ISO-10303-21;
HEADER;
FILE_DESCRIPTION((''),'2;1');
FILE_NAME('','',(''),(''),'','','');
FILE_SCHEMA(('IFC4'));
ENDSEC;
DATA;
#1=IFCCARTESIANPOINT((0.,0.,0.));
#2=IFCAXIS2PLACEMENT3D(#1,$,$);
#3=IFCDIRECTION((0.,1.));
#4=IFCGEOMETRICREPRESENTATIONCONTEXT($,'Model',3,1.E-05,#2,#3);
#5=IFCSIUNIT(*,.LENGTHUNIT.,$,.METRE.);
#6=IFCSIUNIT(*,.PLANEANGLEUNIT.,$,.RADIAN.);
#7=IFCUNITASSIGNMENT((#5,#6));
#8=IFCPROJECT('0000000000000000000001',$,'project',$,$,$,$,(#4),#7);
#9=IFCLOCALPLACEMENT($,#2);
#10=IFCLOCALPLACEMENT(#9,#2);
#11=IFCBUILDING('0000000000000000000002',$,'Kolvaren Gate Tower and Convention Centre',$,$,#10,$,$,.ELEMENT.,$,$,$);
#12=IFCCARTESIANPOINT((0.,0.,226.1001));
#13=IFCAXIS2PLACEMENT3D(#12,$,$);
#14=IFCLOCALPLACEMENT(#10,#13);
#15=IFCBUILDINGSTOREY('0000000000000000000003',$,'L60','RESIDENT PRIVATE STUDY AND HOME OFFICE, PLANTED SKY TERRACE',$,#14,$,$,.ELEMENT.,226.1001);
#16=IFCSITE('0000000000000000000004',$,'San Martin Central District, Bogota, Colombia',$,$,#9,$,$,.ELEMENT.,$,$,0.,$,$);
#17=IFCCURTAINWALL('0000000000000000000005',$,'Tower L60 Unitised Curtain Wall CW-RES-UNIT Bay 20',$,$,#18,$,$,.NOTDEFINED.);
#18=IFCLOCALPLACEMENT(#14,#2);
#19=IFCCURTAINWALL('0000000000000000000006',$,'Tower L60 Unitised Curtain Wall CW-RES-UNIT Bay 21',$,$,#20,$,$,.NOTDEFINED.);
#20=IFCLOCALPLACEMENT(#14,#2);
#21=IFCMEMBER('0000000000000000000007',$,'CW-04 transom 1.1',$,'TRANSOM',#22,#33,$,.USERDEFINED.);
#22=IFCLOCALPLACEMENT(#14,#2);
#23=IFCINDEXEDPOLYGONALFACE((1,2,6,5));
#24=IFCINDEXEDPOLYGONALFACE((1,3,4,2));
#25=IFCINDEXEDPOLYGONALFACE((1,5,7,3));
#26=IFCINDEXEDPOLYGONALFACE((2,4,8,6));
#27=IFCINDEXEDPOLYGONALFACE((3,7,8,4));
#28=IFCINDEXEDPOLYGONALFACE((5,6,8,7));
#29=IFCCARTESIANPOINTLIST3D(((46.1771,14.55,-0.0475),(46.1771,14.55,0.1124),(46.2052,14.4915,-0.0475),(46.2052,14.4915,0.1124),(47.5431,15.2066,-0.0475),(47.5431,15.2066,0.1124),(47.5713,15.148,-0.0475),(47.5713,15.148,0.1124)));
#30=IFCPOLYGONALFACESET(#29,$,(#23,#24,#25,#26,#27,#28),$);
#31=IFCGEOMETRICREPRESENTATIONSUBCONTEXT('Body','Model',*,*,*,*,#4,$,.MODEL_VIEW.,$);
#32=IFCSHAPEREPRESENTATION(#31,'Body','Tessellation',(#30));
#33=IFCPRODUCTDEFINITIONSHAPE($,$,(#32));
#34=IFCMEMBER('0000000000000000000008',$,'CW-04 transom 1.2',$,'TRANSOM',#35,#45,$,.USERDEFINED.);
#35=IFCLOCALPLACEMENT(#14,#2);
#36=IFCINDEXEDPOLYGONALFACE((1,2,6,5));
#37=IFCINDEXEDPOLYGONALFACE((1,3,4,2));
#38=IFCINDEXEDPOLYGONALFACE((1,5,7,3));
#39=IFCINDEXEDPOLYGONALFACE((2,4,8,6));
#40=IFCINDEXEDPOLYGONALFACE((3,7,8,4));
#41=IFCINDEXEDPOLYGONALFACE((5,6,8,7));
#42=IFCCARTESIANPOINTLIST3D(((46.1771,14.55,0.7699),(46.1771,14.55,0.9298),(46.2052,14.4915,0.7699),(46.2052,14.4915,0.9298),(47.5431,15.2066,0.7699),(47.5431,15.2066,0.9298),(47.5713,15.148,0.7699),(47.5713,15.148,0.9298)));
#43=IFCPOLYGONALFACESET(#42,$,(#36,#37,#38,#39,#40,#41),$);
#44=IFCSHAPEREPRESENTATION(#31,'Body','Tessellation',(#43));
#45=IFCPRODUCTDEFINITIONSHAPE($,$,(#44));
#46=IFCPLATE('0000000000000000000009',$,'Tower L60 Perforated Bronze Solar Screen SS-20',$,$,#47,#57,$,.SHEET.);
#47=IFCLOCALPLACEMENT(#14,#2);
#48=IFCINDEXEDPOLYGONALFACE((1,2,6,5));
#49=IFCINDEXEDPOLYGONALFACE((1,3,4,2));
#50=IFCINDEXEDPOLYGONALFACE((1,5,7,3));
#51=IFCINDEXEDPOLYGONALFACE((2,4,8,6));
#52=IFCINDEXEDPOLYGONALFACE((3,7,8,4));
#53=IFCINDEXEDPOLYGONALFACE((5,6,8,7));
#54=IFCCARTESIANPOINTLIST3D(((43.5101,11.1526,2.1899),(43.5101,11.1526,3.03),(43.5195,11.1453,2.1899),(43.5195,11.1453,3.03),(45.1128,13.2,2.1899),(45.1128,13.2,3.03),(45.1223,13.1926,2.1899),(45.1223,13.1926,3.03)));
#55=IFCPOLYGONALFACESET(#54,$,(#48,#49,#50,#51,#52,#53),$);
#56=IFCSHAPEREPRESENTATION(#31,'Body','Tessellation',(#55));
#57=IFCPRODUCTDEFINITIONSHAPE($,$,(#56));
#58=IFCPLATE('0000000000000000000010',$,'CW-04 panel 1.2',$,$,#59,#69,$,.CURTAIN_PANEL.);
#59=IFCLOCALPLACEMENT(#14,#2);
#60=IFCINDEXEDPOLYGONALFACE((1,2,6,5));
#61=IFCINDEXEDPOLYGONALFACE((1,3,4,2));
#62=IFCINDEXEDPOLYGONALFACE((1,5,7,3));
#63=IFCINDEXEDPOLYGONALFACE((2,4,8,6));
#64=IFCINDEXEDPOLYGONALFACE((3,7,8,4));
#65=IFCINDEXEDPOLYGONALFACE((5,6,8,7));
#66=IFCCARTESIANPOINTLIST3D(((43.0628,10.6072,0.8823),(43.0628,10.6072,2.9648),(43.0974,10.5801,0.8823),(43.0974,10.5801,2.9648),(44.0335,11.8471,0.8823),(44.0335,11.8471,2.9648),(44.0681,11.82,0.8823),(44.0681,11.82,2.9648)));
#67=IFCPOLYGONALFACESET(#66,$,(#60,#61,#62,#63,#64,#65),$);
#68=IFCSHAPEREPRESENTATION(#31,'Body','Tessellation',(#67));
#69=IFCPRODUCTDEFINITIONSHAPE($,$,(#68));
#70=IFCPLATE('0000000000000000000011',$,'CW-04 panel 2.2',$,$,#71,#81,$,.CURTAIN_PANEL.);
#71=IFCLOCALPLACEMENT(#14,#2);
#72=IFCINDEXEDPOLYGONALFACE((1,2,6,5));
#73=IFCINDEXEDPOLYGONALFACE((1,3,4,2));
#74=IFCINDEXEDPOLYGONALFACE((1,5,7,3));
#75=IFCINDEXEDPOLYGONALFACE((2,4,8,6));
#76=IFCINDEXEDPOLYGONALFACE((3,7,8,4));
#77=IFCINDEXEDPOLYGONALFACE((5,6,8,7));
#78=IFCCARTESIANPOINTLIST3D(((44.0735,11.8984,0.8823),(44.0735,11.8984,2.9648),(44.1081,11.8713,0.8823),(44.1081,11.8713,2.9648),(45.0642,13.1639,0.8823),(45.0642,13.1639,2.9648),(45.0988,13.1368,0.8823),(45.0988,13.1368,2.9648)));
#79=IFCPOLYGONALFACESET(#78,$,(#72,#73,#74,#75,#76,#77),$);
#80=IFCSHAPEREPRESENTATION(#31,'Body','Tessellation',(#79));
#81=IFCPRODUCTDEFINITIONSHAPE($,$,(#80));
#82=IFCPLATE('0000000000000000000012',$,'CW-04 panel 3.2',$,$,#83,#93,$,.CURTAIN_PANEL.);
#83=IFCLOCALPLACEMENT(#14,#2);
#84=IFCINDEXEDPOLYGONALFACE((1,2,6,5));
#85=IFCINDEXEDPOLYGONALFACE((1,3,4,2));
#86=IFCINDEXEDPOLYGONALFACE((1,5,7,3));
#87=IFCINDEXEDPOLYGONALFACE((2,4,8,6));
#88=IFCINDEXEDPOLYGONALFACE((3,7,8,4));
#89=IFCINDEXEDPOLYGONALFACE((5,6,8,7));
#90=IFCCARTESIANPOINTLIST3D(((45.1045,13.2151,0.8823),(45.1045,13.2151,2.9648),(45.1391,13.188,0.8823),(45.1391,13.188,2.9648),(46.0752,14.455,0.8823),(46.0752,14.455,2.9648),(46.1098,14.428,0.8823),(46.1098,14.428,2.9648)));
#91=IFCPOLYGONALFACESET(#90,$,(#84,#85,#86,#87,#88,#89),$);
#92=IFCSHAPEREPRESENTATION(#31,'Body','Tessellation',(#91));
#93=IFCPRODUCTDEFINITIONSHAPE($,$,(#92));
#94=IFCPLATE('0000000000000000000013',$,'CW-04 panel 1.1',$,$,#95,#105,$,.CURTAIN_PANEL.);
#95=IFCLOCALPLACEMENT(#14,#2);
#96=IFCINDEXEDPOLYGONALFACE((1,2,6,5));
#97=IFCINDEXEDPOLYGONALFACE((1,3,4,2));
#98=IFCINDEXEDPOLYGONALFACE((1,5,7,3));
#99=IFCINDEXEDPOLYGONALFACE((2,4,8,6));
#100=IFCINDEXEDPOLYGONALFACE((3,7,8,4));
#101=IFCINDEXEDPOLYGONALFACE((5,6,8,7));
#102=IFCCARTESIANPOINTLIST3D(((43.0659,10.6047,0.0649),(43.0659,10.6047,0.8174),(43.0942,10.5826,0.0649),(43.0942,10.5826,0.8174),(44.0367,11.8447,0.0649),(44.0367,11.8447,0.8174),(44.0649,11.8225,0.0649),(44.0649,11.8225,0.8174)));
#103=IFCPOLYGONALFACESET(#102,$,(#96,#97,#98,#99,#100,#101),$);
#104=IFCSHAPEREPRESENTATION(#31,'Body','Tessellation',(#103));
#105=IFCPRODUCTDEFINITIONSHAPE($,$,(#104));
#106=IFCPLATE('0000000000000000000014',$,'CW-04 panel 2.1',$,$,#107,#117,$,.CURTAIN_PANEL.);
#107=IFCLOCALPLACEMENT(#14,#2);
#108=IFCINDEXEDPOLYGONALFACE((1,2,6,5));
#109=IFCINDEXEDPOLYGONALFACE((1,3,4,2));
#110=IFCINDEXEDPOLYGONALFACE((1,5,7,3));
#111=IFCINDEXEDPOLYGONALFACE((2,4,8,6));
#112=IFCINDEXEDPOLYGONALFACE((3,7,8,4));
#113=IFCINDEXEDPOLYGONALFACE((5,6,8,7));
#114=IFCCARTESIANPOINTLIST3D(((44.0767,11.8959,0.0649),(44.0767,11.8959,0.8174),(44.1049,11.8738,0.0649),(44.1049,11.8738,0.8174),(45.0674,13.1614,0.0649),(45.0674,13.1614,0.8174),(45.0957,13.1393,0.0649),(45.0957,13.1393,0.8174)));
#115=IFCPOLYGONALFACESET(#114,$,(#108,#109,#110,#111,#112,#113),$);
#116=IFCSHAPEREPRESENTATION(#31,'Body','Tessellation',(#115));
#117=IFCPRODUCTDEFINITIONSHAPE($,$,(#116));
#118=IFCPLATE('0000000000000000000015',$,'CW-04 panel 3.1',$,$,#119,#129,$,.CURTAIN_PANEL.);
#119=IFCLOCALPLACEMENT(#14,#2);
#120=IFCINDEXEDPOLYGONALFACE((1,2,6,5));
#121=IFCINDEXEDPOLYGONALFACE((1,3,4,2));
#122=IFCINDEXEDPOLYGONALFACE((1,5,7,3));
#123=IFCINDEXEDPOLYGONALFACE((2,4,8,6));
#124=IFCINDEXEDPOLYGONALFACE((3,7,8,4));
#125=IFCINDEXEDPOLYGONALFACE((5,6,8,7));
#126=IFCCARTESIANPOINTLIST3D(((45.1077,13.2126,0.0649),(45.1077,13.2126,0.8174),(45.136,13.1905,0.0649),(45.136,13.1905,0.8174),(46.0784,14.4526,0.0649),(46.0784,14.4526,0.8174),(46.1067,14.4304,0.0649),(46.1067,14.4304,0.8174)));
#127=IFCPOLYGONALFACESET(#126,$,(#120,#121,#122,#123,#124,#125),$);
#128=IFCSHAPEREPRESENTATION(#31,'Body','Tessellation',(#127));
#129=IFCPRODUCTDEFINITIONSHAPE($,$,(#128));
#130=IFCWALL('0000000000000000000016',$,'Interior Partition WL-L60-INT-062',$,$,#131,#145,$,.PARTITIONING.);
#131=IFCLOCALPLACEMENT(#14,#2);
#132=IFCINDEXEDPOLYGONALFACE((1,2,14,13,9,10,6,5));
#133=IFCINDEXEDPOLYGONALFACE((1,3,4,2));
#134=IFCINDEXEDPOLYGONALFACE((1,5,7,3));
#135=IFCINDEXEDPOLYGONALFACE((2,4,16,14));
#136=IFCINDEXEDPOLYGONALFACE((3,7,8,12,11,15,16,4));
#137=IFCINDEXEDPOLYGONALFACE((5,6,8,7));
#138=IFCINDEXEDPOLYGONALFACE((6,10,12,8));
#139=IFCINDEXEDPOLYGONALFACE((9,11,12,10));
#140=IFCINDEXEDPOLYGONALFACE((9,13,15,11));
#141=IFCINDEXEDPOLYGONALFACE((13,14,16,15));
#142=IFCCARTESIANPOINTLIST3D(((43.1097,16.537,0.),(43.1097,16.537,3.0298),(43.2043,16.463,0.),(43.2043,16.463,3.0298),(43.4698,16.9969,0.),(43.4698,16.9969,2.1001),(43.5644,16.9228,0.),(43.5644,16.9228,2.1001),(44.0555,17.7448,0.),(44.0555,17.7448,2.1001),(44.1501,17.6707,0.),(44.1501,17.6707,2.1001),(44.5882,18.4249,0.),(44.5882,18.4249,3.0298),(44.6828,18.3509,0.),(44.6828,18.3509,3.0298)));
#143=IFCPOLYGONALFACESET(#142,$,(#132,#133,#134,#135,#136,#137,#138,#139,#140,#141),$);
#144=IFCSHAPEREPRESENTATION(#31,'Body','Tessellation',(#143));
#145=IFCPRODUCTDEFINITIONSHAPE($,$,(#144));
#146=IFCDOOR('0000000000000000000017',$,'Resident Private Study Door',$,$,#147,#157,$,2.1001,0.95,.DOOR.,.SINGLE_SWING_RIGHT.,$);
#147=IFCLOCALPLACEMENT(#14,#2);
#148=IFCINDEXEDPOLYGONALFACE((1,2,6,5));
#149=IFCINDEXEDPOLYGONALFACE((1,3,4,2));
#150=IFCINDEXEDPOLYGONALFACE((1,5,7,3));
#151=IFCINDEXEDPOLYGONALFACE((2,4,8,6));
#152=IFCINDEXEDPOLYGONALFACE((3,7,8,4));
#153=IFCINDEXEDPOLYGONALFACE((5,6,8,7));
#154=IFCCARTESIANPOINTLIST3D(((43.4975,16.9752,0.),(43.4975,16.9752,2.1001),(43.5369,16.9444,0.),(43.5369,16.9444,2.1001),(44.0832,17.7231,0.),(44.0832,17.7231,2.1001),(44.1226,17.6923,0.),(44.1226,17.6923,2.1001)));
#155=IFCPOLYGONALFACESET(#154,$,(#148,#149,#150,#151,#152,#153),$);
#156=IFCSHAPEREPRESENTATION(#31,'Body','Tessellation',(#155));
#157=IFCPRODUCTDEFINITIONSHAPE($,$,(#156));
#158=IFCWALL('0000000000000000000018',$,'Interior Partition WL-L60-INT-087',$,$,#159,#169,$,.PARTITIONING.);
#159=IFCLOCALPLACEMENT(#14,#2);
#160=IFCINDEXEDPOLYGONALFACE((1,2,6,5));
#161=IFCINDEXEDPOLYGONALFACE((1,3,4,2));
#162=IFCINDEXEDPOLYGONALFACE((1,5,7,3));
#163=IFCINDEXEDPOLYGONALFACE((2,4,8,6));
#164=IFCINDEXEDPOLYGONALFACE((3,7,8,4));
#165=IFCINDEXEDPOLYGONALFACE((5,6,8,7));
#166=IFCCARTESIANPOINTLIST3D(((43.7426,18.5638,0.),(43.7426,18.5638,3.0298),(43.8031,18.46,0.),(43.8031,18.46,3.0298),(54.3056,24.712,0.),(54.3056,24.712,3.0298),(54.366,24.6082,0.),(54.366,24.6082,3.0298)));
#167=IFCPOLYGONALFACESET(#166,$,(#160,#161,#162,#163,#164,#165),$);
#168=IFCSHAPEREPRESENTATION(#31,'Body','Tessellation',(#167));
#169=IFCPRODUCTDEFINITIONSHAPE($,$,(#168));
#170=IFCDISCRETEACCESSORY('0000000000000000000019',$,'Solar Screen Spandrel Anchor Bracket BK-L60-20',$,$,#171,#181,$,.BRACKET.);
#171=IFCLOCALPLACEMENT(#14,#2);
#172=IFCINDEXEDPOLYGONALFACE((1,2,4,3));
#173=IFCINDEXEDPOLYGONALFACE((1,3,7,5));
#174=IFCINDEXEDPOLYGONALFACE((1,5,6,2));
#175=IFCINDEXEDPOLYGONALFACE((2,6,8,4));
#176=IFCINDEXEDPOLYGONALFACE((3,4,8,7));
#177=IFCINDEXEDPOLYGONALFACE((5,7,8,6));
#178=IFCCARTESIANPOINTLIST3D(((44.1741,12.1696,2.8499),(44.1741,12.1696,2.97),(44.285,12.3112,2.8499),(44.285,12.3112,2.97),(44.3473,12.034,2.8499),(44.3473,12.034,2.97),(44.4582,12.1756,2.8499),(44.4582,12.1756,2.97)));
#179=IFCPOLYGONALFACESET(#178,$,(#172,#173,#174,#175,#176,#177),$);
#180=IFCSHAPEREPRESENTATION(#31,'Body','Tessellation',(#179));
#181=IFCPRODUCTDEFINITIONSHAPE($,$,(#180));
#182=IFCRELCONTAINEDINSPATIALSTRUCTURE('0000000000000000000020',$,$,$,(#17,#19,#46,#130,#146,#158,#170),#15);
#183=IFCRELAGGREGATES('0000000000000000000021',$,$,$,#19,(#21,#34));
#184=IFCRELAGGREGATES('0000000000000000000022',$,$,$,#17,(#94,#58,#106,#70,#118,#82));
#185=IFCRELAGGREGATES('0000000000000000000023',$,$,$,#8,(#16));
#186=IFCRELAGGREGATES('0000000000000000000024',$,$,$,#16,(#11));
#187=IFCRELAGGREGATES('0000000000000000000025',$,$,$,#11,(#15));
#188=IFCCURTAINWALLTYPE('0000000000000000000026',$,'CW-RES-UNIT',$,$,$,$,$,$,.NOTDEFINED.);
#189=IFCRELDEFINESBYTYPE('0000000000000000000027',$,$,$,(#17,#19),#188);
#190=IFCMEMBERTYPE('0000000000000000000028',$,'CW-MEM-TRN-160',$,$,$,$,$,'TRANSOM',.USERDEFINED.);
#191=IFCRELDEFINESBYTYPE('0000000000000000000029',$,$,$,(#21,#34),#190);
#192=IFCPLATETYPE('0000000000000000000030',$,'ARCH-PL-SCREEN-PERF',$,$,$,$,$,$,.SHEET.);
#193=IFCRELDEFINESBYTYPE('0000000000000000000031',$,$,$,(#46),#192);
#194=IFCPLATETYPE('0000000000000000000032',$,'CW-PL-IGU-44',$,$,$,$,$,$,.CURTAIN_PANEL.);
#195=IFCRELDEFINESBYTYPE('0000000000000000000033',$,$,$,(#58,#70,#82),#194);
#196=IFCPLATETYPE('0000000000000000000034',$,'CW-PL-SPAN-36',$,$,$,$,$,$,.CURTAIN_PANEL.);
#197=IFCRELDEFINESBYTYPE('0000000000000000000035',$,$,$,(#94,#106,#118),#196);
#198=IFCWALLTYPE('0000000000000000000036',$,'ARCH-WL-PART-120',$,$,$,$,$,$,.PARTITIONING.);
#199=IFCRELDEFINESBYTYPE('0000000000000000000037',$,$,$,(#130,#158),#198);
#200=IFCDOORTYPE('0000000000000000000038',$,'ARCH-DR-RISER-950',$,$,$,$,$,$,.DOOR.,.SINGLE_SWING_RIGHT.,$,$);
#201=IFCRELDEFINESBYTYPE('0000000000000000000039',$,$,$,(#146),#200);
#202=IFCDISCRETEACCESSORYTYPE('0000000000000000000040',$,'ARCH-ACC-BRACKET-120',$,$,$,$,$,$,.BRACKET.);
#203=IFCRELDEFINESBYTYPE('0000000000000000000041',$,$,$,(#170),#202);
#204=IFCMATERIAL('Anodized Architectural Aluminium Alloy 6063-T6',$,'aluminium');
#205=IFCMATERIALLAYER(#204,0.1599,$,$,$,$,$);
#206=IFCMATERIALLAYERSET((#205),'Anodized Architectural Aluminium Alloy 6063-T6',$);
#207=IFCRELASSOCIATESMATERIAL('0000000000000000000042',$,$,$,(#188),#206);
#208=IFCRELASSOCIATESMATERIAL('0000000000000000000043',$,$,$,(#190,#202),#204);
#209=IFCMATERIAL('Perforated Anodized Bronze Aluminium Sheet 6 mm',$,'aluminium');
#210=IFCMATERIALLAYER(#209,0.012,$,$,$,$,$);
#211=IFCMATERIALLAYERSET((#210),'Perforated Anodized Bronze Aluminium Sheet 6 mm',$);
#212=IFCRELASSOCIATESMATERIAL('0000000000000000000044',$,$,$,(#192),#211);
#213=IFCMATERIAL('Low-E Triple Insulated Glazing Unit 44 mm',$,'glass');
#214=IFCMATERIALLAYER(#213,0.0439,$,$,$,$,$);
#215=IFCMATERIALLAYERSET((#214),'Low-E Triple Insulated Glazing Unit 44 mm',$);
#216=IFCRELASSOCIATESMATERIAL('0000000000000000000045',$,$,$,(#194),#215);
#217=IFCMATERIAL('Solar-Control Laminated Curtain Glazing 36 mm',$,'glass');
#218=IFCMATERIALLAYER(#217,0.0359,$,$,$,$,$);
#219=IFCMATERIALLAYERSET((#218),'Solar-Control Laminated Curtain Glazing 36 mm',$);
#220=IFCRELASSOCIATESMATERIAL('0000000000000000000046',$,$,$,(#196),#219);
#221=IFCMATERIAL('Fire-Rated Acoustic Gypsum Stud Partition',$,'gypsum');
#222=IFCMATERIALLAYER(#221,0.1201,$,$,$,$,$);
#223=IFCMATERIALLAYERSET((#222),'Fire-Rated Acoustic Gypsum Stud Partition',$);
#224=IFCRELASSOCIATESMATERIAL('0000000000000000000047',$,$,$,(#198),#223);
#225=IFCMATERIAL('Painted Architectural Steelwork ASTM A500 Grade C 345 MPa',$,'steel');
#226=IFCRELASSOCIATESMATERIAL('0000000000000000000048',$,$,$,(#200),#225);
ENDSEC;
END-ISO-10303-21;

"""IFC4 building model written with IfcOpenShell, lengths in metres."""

from ifc_helpers import new_model, si_unit, direction, frame, frame_2d, origin, origin_2d, place, context, subcontext, project, spatial, rectangle, extrude, material, layer, layer_set, material_profile, profile_set, type_object, element, fill, aggregate, save


model = new_model("IFC4")

# Units and contexts
model_context = context("Model", 3, precision=1e-05, world=origin(), true_north=direction((0.0, 1.0)))
body_context = subcontext(model_context, "Body", "Model", "MODEL_VIEW")
ifc_project = project(units=[si_unit("LENGTHUNIT", "METRE"), si_unit("PLANEANGLEUNIT", "RADIAN")], contexts=[model_context])

# Site, building, storey
site_placement = place(None, origin())
site = spatial("IfcSite", under=ifc_project, at=site_placement, Name="San Martin Central District, Bogota, Colombia", CompositionType="ELEMENT", RefElevation=0.0)
building_placement = place(site_placement, origin())
building = spatial("IfcBuilding", under=site, at=building_placement, Name="Kolvaren Gate Tower and Convention Centre", CompositionType="ELEMENT")
storey_placement = place(building_placement, frame((0.0, 0.0, 226.1001)))
storey = spatial("IfcBuildingStorey", under=building, at=storey_placement, Name="L60", Description="RESIDENT PRIVATE STUDY AND HOME OFFICE, PLANTED SKY TERRACE", CompositionType="ELEMENT", Elevation=226.1001)

# Curtain wall
ifc_material_1 = material(Name="Anodized Architectural Aluminium Alloy 6063-T6", Category="aluminium")
ifc_layer_1 = layer(ifc_material_1, 0.1599)
ifc_layer_set_1 = layer_set([ifc_layer_1], Name="Anodized Architectural Aluminium Alloy 6063-T6")
curtain_wall_type = type_object("IfcCurtainWallType", Name="CW-RES-UNIT", PredefinedType="NOTDEFINED", material=ifc_layer_set_1)
curtain_wall_1_placement = place(storey_placement, origin())
curtain_wall_1 = element("IfcCurtainWall", 1, at=curtain_wall_1_placement, inside=storey, type_object=curtain_wall_type, Name="Tower L60 Unitised Curtain Wall CW-RES-UNIT Bay 20", PredefinedType="NOTDEFINED")

# Curtain wall
curtain_wall_2_placement = place(storey_placement, origin())
curtain_wall_2 = element("IfcCurtainWall", 2, at=curtain_wall_2_placement, inside=storey, type_object=curtain_wall_type, Name="Tower L60 Unitised Curtain Wall CW-RES-UNIT Bay 21", PredefinedType="NOTDEFINED")

# Members
ifc_material_profile_1 = material_profile(ifc_material_1, rectangle(XDim=0.0649, YDim=0.1599, at=origin_2d()), Name="CW-MEM-TRN-160")
ifc_profile_set_1 = profile_set([ifc_material_profile_1], Name="Anodized Architectural Aluminium Alloy 6063-T6")
member_type_1 = type_object("IfcMemberType", Name="CW-MEM-TRN-160", ElementType="TRANSOM", PredefinedType="USERDEFINED", material=ifc_profile_set_1)
member_1_placement = place(storey_placement, frame((46.1912, 14.5208, 0.0325), z_axis=(0.901309, 0.433176, 0.0), x_axis=(-0.433176, 0.901309, 0.0)))
member_1 = element("IfcMember", 3, at=member_1_placement, type_object=member_type_1, Name="CW-04 transom 1.1", ObjectType="TRANSOM", PredefinedType="USERDEFINED", context=body_context, shape_type="SweptSolid", body=[
    extrude(rectangle(XDim=0.0649, YDim=0.1599, at=origin_2d()), origin(), (0.0, 0.0, 1.0), 1.5156),
])
member_2_placement = place(storey_placement, frame((46.1912, 14.5208, 0.8499), z_axis=(0.901309, 0.433176, 0.0), x_axis=(-0.433176, 0.901309, 0.0)))
member_2 = element("IfcMember", 4, at=member_2_placement, type_object=member_type_1, Name="CW-04 transom 1.2", ObjectType="TRANSOM", PredefinedType="USERDEFINED", context=body_context, shape_type="SweptSolid", body=[
    extrude(rectangle(XDim=0.0649, YDim=0.1599, at=origin_2d()), origin(), (0.0, 0.0, 1.0), 1.5156),
])
aggregate(curtain_wall_2, [member_1, member_2])

# Plates
ifc_material_2 = material(Name="Perforated Anodized Bronze Aluminium Sheet 6 mm", Category="aluminium")
ifc_layer_2 = layer(ifc_material_2, 0.012)
ifc_layer_set_2 = layer_set([ifc_layer_2], Name="Perforated Anodized Bronze Aluminium Sheet 6 mm")
plate_type_1 = type_object("IfcPlateType", Name="ARCH-PL-SCREEN-PERF", PredefinedType="SHEET", material=ifc_layer_set_2)
plate_1_placement = place(storey_placement, frame((44.3162, 12.1726, 2.1899), z_axis=(0.0, 0.0, 1.0), x_axis=(0.616434, 0.787406, 0.0)))
element("IfcPlate", 5, at=plate_1_placement, inside=storey, type_object=plate_type_1, Name="Tower L60 Perforated Bronze Solar Screen SS-20", PredefinedType="SHEET", context=body_context, shape_type="SweptSolid", body=[
    extrude(rectangle(XDim=2.6001, YDim=0.012, at=origin_2d()), origin(), (0.0, 0.0, 1.0), 0.8401),
])
ifc_material_3 = material(Name="Low-E Triple Insulated Glazing Unit 44 mm", Category="glass")
ifc_layer_3 = layer(ifc_material_3, 0.0439)
ifc_layer_set_3 = layer_set([ifc_layer_3], Name="Low-E Triple Insulated Glazing Unit 44 mm")
plate_type_2 = type_object("IfcPlateType", Name="CW-PL-IGU-44", PredefinedType="CURTAIN_PANEL", material=ifc_layer_set_3)
plate_2_placement = place(storey_placement, frame((43.5654, 11.2136, 0.8823), z_axis=(0.0, 0.0, 1.0), x_axis=(0.616437, 0.787404, 0.0)))
plate_2 = element("IfcPlate", 6, at=plate_2_placement, type_object=plate_type_2, Name="CW-04 panel 1.2", PredefinedType="CURTAIN_PANEL", context=body_context, shape_type="SweptSolid", body=[
    extrude(rectangle(XDim=1.5747, YDim=0.0439, at=origin_2d()), origin(), (0.0, 0.0, 1.0), 2.0825),
])
plate_3_placement = place(storey_placement, frame((44.5862, 12.5176, 0.8823), z_axis=(0.0, 0.0, 1.0), x_axis=(0.616437, 0.787404, 0.0)))
plate_3 = element("IfcPlate", 7, at=plate_3_placement, type_object=plate_type_2, Name="CW-04 panel 2.2", PredefinedType="CURTAIN_PANEL", context=body_context, shape_type="SweptSolid", body=[
    extrude(rectangle(XDim=1.6072, YDim=0.0439, at=origin_2d()), origin(), (0.0, 0.0, 1.0), 2.0825),
])
plate_4_placement = place(storey_placement, frame((45.6072, 13.8215, 0.8823), z_axis=(0.0, 0.0, 1.0), x_axis=(0.616437, 0.787404, 0.0)))
plate_4 = element("IfcPlate", 8, at=plate_4_placement, type_object=plate_type_2, Name="CW-04 panel 3.2", PredefinedType="CURTAIN_PANEL", context=body_context, shape_type="SweptSolid", body=[
    extrude(rectangle(XDim=1.5747, YDim=0.0439, at=origin_2d()), origin(), (0.0, 0.0, 1.0), 2.0825),
])
ifc_material_4 = material(Name="Solar-Control Laminated Curtain Glazing 36 mm", Category="glass")
ifc_layer_4 = layer(ifc_material_4, 0.0359)
ifc_layer_set_4 = layer_set([ifc_layer_4], Name="Solar-Control Laminated Curtain Glazing 36 mm")
plate_type_3 = type_object("IfcPlateType", Name="CW-PL-SPAN-36", PredefinedType="CURTAIN_PANEL", material=ifc_layer_set_4)
plate_5_placement = place(storey_placement, frame((43.5654, 11.2136, 0.0649), z_axis=(0.0, 0.0, 1.0), x_axis=(0.616437, 0.787404, 0.0)))
plate_5 = element("IfcPlate", 9, at=plate_5_placement, type_object=plate_type_3, Name="CW-04 panel 1.1", PredefinedType="CURTAIN_PANEL", context=body_context, shape_type="SweptSolid", body=[
    extrude(rectangle(XDim=1.5747, YDim=0.0359, at=origin_2d()), origin(), (0.0, 0.0, 1.0), 0.7524),
])
plate_6_placement = place(storey_placement, frame((44.5862, 12.5176, 0.0649), z_axis=(0.0, 0.0, 1.0), x_axis=(0.616437, 0.787404, 0.0)))
plate_6 = element("IfcPlate", 10, at=plate_6_placement, type_object=plate_type_3, Name="CW-04 panel 2.1", PredefinedType="CURTAIN_PANEL", context=body_context, shape_type="SweptSolid", body=[
    extrude(rectangle(XDim=1.6072, YDim=0.0359, at=origin_2d()), origin(), (0.0, 0.0, 1.0), 0.7524),
])
plate_7_placement = place(storey_placement, frame((45.6072, 13.8215, 0.0649), z_axis=(0.0, 0.0, 1.0), x_axis=(0.616437, 0.787404, 0.0)))
plate_7 = element("IfcPlate", 11, at=plate_7_placement, type_object=plate_type_3, Name="CW-04 panel 3.1", PredefinedType="CURTAIN_PANEL", context=body_context, shape_type="SweptSolid", body=[
    extrude(rectangle(XDim=1.5747, YDim=0.0359, at=origin_2d()), origin(), (0.0, 0.0, 1.0), 0.7524),
])
aggregate(curtain_wall_1, [plate_5, plate_2, plate_6, plate_3, plate_7, plate_4])

# Wall, opening, door
ifc_material_5 = material(Name="Fire-Rated Acoustic Gypsum Stud Partition", Category="gypsum")
ifc_layer_5 = layer(ifc_material_5, 0.1201)
ifc_layer_set_5 = layer_set([ifc_layer_5], Name="Fire-Rated Acoustic Gypsum Stud Partition")
wall_type = type_object("IfcWallType", Name="ARCH-WL-PART-120", PredefinedType="PARTITIONING", material=ifc_layer_set_5)
wall_1_placement = place(storey_placement, frame((43.157, 16.5, 0.0), z_axis=(0.0, 0.0, 1.0), x_axis=(0.616566, 0.787303, 0.0)))
wall_1 = element("IfcWall", 12, at=wall_1_placement, inside=storey, type_object=wall_type, Name="Interior Partition WL-L60-INT-062", PredefinedType="PARTITIONING", context=body_context, shape_type="SweptSolid", body=[
    extrude(rectangle(XDim=2.3979, YDim=0.1201, at=frame_2d((1.199, 0.0))), origin(), (0.0, 0.0, 1.0), 3.0298),
])
opening_placement = place(wall_1_placement, frame((0.584, 0.0, 0.0)))
opening = element("IfcOpeningElement", 13, at=opening_placement, cuts=wall_1, PredefinedType="OPENING", context=body_context, shape_type="SweptSolid", body=[
    extrude(rectangle(XDim=0.95, YDim=2.1001, at=frame_2d((0.4751, 1.05))), frame((0.0, 0.0701, 0.0), z_axis=(0.0, -1.0, 0.0), x_axis=(1.0, 0.0, 0.0)), (0.0, 0.0, 1.0), 0.1401),
])
ifc_material_6 = material(Name="Painted Architectural Steelwork ASTM A500 Grade C 345 MPa", Category="steel")
door_type = type_object("IfcDoorType", Name="ARCH-DR-RISER-950", OperationType="SINGLE_SWING_RIGHT", PredefinedType="DOOR", material=ifc_material_6)
door_placement = place(opening_placement, origin())
door = element("IfcDoor", 14, at=door_placement, inside=storey, type_object=door_type, Name="Resident Private Study Door", OperationType="SINGLE_SWING_RIGHT", OverallHeight=2.1001, OverallWidth=0.95, PredefinedType="DOOR", context=body_context, shape_type="SweptSolid", body=[
    extrude(rectangle(XDim=0.95, YDim=2.1001, at=frame_2d((0.4751, 1.05))), frame((0.0, 0.0249, 0.0), z_axis=(0.0, -1.0, 0.0), x_axis=(1.0, 0.0, 0.0)), (0.0, 0.0, 1.0), 0.05),
])
fill(opening, door)

# Wall
wall_2_placement = place(storey_placement, frame((43.7729, 18.512, 0.0), z_axis=(0.0, 0.0, 1.0), x_axis=(0.864261, 0.503044, 0.0)))
element("IfcWall", 15, at=wall_2_placement, inside=storey, type_object=wall_type, Name="Interior Partition WL-L60-INT-087", PredefinedType="PARTITIONING", context=body_context, shape_type="SweptSolid", body=[
    extrude(rectangle(XDim=12.2219, YDim=0.1201, at=frame_2d((6.1108, 0.0))), origin(), (0.0, 0.0, 1.0), 3.0298),
])

# Discrete accessory
discrete_accessory_type = type_object("IfcDiscreteAccessoryType", Name="ARCH-ACC-BRACKET-120", PredefinedType="BRACKET", material=ifc_material_1)
discrete_accessory_placement = place(storey_placement, frame((44.3162, 12.1726, 2.8499), z_axis=(0.0, 0.0, 1.0), x_axis=(0.616434, 0.787406, 0.0)))
element("IfcDiscreteAccessory", 16, at=discrete_accessory_placement, inside=storey, type_object=discrete_accessory_type, Name="Solar Screen Spandrel Anchor Bracket BK-L60-20", PredefinedType="BRACKET", context=body_context, shape_type="SweptSolid", body=[
    extrude(rectangle(XDim=0.1799, YDim=0.22, at=origin_2d()), origin(), (0.0, 0.0, 1.0), 0.1201),
])

save(model, "model.ifc")
